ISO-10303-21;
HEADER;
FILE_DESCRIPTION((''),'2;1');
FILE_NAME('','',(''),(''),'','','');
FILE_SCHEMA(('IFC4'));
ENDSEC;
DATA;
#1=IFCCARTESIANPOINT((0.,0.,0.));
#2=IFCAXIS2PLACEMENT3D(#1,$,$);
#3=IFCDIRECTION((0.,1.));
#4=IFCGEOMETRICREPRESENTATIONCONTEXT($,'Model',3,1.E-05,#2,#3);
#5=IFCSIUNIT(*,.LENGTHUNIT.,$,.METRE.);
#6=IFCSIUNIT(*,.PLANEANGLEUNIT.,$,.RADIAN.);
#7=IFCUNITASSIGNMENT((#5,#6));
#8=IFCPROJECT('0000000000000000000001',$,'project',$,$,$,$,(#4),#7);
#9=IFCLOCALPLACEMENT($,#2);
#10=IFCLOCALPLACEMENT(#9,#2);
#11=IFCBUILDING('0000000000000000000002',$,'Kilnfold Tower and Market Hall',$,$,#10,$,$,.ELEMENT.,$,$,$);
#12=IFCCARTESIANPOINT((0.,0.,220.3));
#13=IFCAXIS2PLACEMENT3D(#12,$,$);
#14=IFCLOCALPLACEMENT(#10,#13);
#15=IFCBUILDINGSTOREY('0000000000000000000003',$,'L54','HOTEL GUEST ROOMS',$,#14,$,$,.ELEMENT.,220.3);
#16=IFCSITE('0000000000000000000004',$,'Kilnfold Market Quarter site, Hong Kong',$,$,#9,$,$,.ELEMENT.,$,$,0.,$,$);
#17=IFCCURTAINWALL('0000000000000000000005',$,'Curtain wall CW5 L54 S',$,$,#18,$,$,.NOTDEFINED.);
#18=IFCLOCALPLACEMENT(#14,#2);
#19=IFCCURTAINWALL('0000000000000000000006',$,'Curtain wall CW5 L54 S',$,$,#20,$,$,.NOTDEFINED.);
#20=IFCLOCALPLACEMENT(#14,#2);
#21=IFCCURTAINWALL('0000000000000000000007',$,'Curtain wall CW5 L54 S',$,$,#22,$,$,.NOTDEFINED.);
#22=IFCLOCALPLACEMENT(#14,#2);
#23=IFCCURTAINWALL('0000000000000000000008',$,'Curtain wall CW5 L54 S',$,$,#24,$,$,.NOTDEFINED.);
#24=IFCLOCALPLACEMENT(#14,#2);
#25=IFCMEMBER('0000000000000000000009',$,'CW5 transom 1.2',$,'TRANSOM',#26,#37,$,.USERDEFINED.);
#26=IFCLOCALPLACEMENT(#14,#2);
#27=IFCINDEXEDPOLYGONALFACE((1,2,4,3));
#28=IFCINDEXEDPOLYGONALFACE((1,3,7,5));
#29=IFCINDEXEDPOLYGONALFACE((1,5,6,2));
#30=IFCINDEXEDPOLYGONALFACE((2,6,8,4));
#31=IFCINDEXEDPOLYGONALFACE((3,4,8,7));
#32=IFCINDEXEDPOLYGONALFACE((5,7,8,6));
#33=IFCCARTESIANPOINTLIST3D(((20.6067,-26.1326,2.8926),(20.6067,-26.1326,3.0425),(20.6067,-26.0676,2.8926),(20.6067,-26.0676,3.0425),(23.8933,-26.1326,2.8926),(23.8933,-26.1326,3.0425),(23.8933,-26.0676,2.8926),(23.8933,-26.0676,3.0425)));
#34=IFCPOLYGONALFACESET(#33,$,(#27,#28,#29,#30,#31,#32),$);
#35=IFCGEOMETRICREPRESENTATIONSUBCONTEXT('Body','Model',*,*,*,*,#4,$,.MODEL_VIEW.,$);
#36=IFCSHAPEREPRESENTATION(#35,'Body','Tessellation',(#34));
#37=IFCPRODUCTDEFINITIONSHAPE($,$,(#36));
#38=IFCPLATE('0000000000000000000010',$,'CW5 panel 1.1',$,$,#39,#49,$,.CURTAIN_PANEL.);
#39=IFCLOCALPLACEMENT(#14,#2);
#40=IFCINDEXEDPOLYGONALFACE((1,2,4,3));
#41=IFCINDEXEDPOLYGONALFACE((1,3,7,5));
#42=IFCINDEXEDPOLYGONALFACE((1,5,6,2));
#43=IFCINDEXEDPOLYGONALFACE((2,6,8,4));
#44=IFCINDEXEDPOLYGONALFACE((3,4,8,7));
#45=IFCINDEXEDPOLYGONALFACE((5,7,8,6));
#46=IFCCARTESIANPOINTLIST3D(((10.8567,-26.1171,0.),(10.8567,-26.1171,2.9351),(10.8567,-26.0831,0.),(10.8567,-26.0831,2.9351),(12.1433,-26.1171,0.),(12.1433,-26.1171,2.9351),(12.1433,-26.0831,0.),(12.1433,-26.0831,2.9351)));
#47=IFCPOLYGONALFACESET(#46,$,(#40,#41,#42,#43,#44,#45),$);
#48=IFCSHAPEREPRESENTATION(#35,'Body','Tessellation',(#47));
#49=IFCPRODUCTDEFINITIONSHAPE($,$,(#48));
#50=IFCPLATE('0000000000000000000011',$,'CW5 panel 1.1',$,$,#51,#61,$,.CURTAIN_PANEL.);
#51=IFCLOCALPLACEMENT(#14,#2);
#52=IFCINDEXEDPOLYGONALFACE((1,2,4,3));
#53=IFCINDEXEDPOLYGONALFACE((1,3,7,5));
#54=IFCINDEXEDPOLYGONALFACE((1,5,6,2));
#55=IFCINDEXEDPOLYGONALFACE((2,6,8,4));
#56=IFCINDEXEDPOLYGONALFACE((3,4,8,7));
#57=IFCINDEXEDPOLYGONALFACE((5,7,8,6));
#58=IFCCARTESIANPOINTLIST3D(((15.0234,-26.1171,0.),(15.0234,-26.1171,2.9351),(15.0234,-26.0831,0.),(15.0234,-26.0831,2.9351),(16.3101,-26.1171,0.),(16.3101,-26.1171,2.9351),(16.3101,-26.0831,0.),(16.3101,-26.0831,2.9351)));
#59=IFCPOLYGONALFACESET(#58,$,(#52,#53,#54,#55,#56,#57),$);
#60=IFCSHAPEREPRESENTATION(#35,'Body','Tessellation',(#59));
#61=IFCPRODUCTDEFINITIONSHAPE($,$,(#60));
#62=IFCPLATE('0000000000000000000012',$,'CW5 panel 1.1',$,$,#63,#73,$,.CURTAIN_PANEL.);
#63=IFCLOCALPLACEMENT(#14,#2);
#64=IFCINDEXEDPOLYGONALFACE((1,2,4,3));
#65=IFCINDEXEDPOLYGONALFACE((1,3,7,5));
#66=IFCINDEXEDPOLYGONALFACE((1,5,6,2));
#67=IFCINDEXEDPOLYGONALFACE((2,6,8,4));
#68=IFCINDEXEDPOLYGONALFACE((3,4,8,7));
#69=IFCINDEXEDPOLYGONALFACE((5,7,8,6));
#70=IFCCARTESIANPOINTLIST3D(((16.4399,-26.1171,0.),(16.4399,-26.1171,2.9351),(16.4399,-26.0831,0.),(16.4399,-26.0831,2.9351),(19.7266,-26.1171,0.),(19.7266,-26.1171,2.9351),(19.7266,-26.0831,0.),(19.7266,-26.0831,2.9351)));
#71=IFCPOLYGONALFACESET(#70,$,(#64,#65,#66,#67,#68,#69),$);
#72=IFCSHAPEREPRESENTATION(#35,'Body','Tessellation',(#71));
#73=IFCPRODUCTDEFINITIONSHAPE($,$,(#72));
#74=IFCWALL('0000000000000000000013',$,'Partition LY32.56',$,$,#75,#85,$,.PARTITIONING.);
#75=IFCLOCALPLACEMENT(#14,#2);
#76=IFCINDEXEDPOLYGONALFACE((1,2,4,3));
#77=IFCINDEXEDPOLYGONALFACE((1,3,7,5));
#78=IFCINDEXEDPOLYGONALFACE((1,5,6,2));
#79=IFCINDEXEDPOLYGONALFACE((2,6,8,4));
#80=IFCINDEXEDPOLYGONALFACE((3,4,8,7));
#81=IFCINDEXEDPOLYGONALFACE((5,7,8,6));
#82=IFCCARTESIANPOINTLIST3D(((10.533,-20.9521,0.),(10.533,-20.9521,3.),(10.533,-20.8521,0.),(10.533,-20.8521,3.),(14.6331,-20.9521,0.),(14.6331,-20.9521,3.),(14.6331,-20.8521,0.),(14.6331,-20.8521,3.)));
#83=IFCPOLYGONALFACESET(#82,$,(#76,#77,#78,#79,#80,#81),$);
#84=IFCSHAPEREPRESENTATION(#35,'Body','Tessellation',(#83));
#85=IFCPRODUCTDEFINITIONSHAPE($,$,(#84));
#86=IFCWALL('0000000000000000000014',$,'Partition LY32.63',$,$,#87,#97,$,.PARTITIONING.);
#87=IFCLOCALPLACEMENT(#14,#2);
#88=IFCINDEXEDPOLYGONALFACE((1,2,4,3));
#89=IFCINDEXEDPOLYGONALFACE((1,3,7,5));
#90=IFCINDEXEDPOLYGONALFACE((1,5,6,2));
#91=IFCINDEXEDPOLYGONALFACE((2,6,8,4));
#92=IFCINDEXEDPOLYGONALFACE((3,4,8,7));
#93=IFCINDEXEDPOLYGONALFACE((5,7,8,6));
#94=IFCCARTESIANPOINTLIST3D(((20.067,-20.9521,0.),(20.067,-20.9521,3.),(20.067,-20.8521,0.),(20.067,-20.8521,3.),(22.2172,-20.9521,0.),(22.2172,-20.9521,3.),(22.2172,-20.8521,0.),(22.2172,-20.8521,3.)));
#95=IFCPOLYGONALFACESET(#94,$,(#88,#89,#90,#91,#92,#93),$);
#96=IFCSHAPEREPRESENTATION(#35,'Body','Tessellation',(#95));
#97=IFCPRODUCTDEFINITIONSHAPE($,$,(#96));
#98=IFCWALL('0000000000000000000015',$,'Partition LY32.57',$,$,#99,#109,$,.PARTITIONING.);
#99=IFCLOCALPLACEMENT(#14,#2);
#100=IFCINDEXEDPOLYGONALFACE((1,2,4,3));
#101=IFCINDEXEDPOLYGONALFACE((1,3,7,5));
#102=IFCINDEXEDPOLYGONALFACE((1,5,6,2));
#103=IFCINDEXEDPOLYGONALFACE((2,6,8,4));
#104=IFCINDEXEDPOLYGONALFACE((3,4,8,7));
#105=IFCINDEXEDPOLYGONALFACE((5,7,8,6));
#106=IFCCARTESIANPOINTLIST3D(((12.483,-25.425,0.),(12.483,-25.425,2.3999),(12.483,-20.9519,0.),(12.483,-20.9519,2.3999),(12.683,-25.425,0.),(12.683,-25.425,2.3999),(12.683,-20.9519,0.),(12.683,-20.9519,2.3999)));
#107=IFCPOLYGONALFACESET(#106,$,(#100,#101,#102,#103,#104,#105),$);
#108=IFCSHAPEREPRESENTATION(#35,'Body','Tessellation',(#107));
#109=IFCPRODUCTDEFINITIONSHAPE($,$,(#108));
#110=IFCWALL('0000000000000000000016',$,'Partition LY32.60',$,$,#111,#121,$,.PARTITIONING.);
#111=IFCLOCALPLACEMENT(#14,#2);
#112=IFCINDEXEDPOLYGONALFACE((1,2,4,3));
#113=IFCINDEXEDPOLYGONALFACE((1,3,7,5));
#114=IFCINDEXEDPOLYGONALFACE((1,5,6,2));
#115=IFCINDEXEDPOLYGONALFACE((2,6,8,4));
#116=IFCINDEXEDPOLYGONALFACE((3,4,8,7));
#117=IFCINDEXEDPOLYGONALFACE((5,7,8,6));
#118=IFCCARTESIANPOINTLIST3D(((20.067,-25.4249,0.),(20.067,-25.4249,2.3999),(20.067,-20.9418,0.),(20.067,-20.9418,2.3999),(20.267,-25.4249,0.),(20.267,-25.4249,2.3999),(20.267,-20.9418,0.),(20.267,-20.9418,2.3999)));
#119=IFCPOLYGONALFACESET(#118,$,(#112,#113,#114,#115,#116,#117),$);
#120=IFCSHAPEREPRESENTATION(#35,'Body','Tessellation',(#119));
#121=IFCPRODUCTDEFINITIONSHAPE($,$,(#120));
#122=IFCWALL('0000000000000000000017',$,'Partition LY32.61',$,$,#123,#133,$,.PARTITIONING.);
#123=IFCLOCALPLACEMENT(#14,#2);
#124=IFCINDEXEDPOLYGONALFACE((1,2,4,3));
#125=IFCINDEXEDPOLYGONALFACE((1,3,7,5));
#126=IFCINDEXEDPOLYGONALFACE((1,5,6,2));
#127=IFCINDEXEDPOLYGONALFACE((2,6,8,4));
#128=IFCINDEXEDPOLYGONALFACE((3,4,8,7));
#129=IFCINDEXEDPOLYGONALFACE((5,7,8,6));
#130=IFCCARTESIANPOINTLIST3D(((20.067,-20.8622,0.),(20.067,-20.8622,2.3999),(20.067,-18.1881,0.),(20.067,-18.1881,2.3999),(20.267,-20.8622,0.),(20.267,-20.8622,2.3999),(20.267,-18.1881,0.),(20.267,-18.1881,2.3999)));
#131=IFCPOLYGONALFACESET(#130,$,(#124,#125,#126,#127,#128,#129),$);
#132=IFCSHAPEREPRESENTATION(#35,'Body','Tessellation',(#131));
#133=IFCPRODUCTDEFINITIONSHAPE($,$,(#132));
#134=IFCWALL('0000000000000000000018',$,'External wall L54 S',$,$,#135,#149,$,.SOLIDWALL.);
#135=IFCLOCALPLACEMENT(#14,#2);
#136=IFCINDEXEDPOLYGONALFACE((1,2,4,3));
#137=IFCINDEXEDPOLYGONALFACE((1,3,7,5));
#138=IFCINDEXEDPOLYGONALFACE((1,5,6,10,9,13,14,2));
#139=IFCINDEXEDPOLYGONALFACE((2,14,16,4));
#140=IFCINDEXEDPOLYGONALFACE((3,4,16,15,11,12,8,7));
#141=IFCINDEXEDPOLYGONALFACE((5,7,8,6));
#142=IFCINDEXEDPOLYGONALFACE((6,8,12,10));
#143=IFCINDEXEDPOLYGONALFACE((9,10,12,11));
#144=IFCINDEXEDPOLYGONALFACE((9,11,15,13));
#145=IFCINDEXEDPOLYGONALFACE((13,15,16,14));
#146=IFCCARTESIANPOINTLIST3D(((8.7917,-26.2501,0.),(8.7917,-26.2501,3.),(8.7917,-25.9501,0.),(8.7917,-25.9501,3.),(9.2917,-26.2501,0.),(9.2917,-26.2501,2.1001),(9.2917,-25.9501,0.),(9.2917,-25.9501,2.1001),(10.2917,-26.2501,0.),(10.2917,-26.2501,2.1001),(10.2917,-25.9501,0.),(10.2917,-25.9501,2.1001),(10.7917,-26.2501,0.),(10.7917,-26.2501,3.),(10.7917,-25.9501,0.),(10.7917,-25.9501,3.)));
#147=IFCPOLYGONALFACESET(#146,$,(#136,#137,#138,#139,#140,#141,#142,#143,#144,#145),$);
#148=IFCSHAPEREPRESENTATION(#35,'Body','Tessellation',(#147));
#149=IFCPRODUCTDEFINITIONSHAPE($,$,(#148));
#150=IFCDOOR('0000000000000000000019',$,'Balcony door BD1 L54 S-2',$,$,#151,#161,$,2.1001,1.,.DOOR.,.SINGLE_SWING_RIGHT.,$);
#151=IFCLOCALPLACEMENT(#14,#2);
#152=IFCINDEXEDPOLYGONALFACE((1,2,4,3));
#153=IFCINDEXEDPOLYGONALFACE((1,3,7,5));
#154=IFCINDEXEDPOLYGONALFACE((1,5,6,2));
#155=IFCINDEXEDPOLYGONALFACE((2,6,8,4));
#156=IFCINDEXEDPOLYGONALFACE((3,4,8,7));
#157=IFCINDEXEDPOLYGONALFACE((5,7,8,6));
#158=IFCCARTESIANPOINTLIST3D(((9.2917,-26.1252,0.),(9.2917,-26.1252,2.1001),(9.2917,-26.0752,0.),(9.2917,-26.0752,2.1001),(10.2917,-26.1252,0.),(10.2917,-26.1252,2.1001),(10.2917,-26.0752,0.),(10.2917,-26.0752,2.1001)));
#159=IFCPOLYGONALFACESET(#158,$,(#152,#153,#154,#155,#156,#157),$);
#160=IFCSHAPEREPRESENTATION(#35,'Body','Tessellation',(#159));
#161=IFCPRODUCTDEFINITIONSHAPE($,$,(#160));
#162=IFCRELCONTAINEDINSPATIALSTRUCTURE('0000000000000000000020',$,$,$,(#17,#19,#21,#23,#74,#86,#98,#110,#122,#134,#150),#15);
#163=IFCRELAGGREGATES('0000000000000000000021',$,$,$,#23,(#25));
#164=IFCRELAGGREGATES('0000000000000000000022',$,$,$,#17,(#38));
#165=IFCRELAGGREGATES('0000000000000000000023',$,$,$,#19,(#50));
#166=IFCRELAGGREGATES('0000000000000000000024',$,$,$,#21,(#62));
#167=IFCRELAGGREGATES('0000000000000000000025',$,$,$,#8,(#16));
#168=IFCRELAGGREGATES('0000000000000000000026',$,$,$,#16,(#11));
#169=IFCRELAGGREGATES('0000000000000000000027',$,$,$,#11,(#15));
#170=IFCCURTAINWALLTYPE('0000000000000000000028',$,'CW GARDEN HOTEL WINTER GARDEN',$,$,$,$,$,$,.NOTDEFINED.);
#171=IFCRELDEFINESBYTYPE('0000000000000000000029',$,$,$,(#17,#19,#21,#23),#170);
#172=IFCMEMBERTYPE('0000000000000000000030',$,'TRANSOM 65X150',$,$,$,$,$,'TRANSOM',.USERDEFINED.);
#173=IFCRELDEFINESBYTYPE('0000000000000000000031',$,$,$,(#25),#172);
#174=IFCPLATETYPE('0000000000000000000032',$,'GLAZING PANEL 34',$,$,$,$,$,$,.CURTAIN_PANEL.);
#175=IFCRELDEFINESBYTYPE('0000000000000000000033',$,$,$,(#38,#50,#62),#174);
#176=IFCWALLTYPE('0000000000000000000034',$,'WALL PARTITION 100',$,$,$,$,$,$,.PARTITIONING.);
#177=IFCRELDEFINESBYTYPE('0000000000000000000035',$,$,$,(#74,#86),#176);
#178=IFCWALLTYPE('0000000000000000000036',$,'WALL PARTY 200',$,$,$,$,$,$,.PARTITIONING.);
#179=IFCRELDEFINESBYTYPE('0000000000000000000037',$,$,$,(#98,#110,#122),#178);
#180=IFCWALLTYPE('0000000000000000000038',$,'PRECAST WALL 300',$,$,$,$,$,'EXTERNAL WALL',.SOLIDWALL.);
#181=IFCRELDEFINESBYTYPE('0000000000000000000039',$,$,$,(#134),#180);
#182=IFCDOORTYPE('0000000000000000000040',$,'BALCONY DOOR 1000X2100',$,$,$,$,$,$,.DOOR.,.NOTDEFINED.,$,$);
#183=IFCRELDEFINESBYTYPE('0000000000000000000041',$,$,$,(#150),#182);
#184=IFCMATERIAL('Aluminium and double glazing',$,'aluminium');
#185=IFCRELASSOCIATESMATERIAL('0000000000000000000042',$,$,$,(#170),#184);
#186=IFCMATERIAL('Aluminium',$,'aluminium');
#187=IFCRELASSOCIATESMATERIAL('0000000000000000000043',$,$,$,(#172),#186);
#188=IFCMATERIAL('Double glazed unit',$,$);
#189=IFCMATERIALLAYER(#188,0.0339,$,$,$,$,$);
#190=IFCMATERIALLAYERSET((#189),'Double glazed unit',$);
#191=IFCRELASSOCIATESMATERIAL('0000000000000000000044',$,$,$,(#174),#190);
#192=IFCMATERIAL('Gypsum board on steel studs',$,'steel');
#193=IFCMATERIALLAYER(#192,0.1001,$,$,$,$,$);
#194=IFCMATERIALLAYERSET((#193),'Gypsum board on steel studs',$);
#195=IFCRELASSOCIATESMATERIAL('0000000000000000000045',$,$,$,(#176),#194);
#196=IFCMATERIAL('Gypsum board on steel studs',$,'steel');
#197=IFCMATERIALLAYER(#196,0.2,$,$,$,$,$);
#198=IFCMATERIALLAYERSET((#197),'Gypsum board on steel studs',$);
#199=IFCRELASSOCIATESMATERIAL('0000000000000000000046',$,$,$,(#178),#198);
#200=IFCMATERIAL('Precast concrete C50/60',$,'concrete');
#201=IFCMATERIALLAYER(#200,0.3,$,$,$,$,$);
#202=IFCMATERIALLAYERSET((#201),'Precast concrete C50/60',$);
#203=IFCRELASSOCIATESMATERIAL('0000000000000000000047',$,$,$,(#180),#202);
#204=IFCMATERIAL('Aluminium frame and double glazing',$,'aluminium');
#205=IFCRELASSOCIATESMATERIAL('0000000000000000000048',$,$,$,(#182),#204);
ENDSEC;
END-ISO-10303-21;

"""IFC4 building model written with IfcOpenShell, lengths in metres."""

from ifc_helpers import new_model, si_unit, direction, frame, frame_2d, origin, origin_2d, place, context, subcontext, project, spatial, rectangle, extrude, source, transform, mapped, material, layer, layer_set, material_profile, profile_set, type_object, element, fill, aggregate, save


model = new_model("IFC4")

# Units and contexts
model_context = context("Model", 3, precision=1e-05, world=origin(), true_north=direction((0.0, 1.0)))
body_context = subcontext(model_context, "Body", "Model", "MODEL_VIEW")
ifc_project = project(units=[si_unit("LENGTHUNIT", "METRE"), si_unit("PLANEANGLEUNIT", "RADIAN")], contexts=[model_context])

# Site, building, storey
site_placement = place(None, origin())
site = spatial("IfcSite", under=ifc_project, at=site_placement, Name="Kilnfold Market Quarter site, Hong Kong", CompositionType="ELEMENT", RefElevation=0.0)
building_placement = place(site_placement, origin())
building = spatial("IfcBuilding", under=site, at=building_placement, Name="Kilnfold Tower and Market Hall", CompositionType="ELEMENT")
storey_placement = place(building_placement, frame((0.0, 0.0, 220.3)))
storey = spatial("IfcBuildingStorey", under=building, at=storey_placement, Name="L54", Description="HOTEL GUEST ROOMS", CompositionType="ELEMENT", Elevation=220.3)

# Curtain walls
ifc_material_1 = material(Name="Aluminium and double glazing", Category="aluminium")
curtain_wall_type = type_object("IfcCurtainWallType", Name="CW GARDEN HOTEL WINTER GARDEN", PredefinedType="NOTDEFINED", material=ifc_material_1)
curtain_wall_1_placement = place(storey_placement, origin())
curtain_wall_1 = element("IfcCurtainWall", 1, at=curtain_wall_1_placement, inside=storey, type_object=curtain_wall_type, Name="Curtain wall CW5 L54 S", PredefinedType="NOTDEFINED")
curtain_wall_2_placement = place(storey_placement, origin())
curtain_wall_2 = element("IfcCurtainWall", 2, at=curtain_wall_2_placement, inside=storey, type_object=curtain_wall_type, Name="Curtain wall CW5 L54 S", PredefinedType="NOTDEFINED")
curtain_wall_3_placement = place(storey_placement, origin())
curtain_wall_3 = element("IfcCurtainWall", 3, at=curtain_wall_3_placement, inside=storey, type_object=curtain_wall_type, Name="Curtain wall CW5 L54 S", PredefinedType="NOTDEFINED")

# Curtain wall
curtain_wall_4_placement = place(storey_placement, origin())
curtain_wall_4 = element("IfcCurtainWall", 4, at=curtain_wall_4_placement, inside=storey, type_object=curtain_wall_type, Name="Curtain wall CW5 L54 S", PredefinedType="NOTDEFINED")

# Member
ifc_material_2 = material(Name="Aluminium", Category="aluminium")
ifc_material_profile_1 = material_profile(ifc_material_2, rectangle(XDim=0.0649, YDim=0.1499, at=origin_2d()), Name="TRANSOM 65x150")
ifc_profile_set_1 = profile_set([ifc_material_profile_1], Name="Aluminium")
member_type_1 = type_object("IfcMemberType", Name="TRANSOM 65X150", ElementType="TRANSOM", PredefinedType="USERDEFINED", material=ifc_profile_set_1)
shared_shape_1 = source(origin(), body_context, "Body", "SweptSolid", [
    extrude(rectangle(XDim=0.0649, YDim=0.1499, at=origin_2d()), origin(), (0.0, 0.0, 1.0), 3.2866),
])
member_1_placement = place(storey_placement, frame((20.6067, -26.1001, 2.9675), z_axis=(1.0, 0.0, 0.0), x_axis=(0.0, 1.0, 0.0)))
member_1 = element("IfcMember", 5, at=member_1_placement, type_object=member_type_1, Name="CW5 transom 1.2", ObjectType="TRANSOM", PredefinedType="USERDEFINED", context=body_context, shape_type="MappedRepresentation", body=[
    mapped(shared_shape_1, transform((0.0, 0.0, 0.0))),
])
aggregate(curtain_wall_4, [member_1])

# Plates
ifc_material_3 = material(Name="Double glazed unit")
ifc_layer_1 = layer(ifc_material_3, 0.0339)
ifc_layer_set_1 = layer_set([ifc_layer_1], Name="Double glazed unit")
plate_type = type_object("IfcPlateType", Name="GLAZING PANEL 34", PredefinedType="CURTAIN_PANEL", material=ifc_layer_set_1)
shared_shape_2 = source(origin(), body_context, "Body", "SweptSolid", [
    extrude(rectangle(XDim=1.2866, YDim=0.0339, at=origin_2d()), origin(), (0.0, 0.0, 1.0), 2.9351),
])
plate_1_placement = place(storey_placement, frame((11.5, -26.1001, 0.0), z_axis=(0.0, 0.0, 1.0), x_axis=(1.0, 0.0, 0.0)))
plate_1 = element("IfcPlate", 6, at=plate_1_placement, type_object=plate_type, Name="CW5 panel 1.1", PredefinedType="CURTAIN_PANEL", context=body_context, shape_type="MappedRepresentation", body=[
    mapped(shared_shape_2, transform((0.0, 0.0, 0.0))),
])
aggregate(curtain_wall_1, [plate_1])
plate_2_placement = place(storey_placement, frame((15.6667, -26.1001, 0.0), z_axis=(0.0, 0.0, 1.0), x_axis=(1.0, 0.0, 0.0)))
plate_2 = element("IfcPlate", 7, at=plate_2_placement, type_object=plate_type, Name="CW5 panel 1.1", PredefinedType="CURTAIN_PANEL", context=body_context, shape_type="MappedRepresentation", body=[
    mapped(shared_shape_2, transform((0.0, 0.0, 0.0))),
])
aggregate(curtain_wall_2, [plate_2])
shared_shape_3 = source(origin(), body_context, "Body", "SweptSolid", [
    extrude(rectangle(XDim=3.2866, YDim=0.0339, at=origin_2d()), origin(), (0.0, 0.0, 1.0), 2.9351),
])
plate_3_placement = place(storey_placement, frame((18.0833, -26.1001, 0.0), z_axis=(0.0, 0.0, 1.0), x_axis=(1.0, 0.0, 0.0)))
plate_3 = element("IfcPlate", 8, at=plate_3_placement, type_object=plate_type, Name="CW5 panel 1.1", PredefinedType="CURTAIN_PANEL", context=body_context, shape_type="MappedRepresentation", body=[
    mapped(shared_shape_3, transform((0.0, 0.0, 0.0))),
])
aggregate(curtain_wall_3, [plate_3])

# Walls
ifc_material_4 = material(Name="Gypsum board on steel studs", Category="steel")
ifc_layer_2 = layer(ifc_material_4, 0.1001)
ifc_layer_set_2 = layer_set([ifc_layer_2], Name="Gypsum board on steel studs")
wall_type_1 = type_object("IfcWallType", Name="WALL PARTITION 100", PredefinedType="PARTITIONING", material=ifc_layer_set_2)
wall_1_placement = place(storey_placement, frame((10.533, -20.9021, 0.0), z_axis=(0.0, 0.0, 1.0), x_axis=(1.0, 0.0, 0.0)))
element("IfcWall", 9, at=wall_1_placement, inside=storey, type_object=wall_type_1, Name="Partition LY32.56", PredefinedType="PARTITIONING", context=body_context, shape_type="SweptSolid", body=[
    extrude(rectangle(XDim=4.1001, YDim=0.1001, at=frame_2d((2.05, 0.0))), origin(), (0.0, 0.0, 1.0), 3.0),
])
wall_2_placement = place(storey_placement, frame((20.0669, -20.9021, 0.0), z_axis=(0.0, 0.0, 1.0), x_axis=(1.0, 0.0, 0.0)))
element("IfcWall", 10, at=wall_2_placement, inside=storey, type_object=wall_type_1, Name="Partition LY32.63", PredefinedType="PARTITIONING", context=body_context, shape_type="SweptSolid", body=[
    extrude(rectangle(XDim=2.1501, YDim=0.1001, at=frame_2d((1.0752, 0.0))), origin(), (0.0, 0.0, 1.0), 3.0),
])
ifc_material_5 = material(Name="Gypsum board on steel studs", Category="steel")
ifc_layer_3 = layer(ifc_material_5, 0.2)
ifc_layer_set_3 = layer_set([ifc_layer_3], Name="Gypsum board on steel studs")
wall_type_2 = type_object("IfcWallType", Name="WALL PARTY 200", PredefinedType="PARTITIONING", material=ifc_layer_set_3)
wall_3_placement = place(storey_placement, frame((12.583, -25.425, 0.0), z_axis=(0.0, 0.0, 1.0), x_axis=(0.0, 1.0, 0.0)))
element("IfcWall", 11, at=wall_3_placement, inside=storey, type_object=wall_type_2, Name="Partition LY32.57", PredefinedType="PARTITIONING", context=body_context, shape_type="SweptSolid", body=[
    extrude(rectangle(XDim=4.4731, YDim=0.2, at=frame_2d((2.2366, 0.0))), origin(), (0.0, 0.0, 1.0), 2.3999),
])
wall_4_placement = place(storey_placement, frame((20.167, -25.425, 0.0), z_axis=(0.0, 0.0, 1.0), x_axis=(0.0, 1.0, 0.0)))
element("IfcWall", 12, at=wall_4_placement, inside=storey, type_object=wall_type_2, Name="Partition LY32.60", PredefinedType="PARTITIONING", context=body_context, shape_type="SweptSolid", body=[
    extrude(rectangle(XDim=4.4832, YDim=0.2, at=frame_2d((2.2417, 0.0))), origin(), (0.0, 0.0, 1.0), 2.3999),
])
wall_5_placement = place(storey_placement, frame((20.167, -20.8621, 0.0), z_axis=(0.0, 0.0, 1.0), x_axis=(0.0, 1.0, 0.0)))
element("IfcWall", 13, at=wall_5_placement, inside=storey, type_object=wall_type_2, Name="Partition LY32.61", PredefinedType="PARTITIONING", context=body_context, shape_type="SweptSolid", body=[
    extrude(rectangle(XDim=2.6741, YDim=0.2, at=frame_2d((1.3369, 0.0))), origin(), (0.0, 0.0, 1.0), 2.3999),
])

# Wall, opening, door
ifc_material_6 = material(Name="Precast concrete C50/60", Category="concrete")
ifc_layer_4 = layer(ifc_material_6, 0.3)
ifc_layer_set_4 = layer_set([ifc_layer_4], Name="Precast concrete C50/60")
wall_type_3 = type_object("IfcWallType", Name="PRECAST WALL 300", ElementType="EXTERNAL WALL", PredefinedType="SOLIDWALL", material=ifc_layer_set_4)
shared_shape_4 = source(origin(), body_context, "Body", "SweptSolid", [
    extrude(rectangle(XDim=2.0, YDim=0.3, at=frame_2d((1.0, 0.0))), origin(), (0.0, 0.0, 1.0), 3.0),
])
wall_6_placement = place(storey_placement, frame((8.7917, -26.1001, 0.0), z_axis=(0.0, 0.0, 1.0), x_axis=(1.0, 0.0, 0.0)))
wall_6 = element("IfcWall", 14, at=wall_6_placement, inside=storey, type_object=wall_type_3, Name="External wall L54 S", PredefinedType="SOLIDWALL", context=body_context, shape_type="MappedRepresentation", body=[
    mapped(shared_shape_4, transform((0.0, 0.0, 0.0))),
])
opening_1_placement = place(wall_6_placement, frame((0.5, 0.0, 0.0)))
opening_1 = element("IfcOpeningElement", 15, at=opening_1_placement, cuts=wall_6, PredefinedType="OPENING", context=body_context, shape_type="SweptSolid", body=[
    extrude(rectangle(XDim=1.0, YDim=2.1001, at=frame_2d((0.5, 1.05))), frame((0.0, 0.1602, 0.0), z_axis=(0.0, -1.0, 0.0), x_axis=(1.0, 0.0, 0.0)), (0.0, 0.0, 1.0), 0.3201),
])
ifc_material_7 = material(Name="Aluminium frame and double glazing", Category="aluminium")
door_type = type_object("IfcDoorType", Name="BALCONY DOOR 1000X2100", OperationType="NOTDEFINED", PredefinedType="DOOR", material=ifc_material_7)
door_1_placement = place(opening_1_placement, origin())
door_1 = element("IfcDoor", 16, at=door_1_placement, inside=storey, type_object=door_type, Name="Balcony door BD1 L54 S-2", OperationType="SINGLE_SWING_RIGHT", OverallHeight=2.1001, OverallWidth=1.0, PredefinedType="DOOR", context=body_context, shape_type="SweptSolid", body=[
    extrude(rectangle(XDim=1.0, YDim=2.1001, at=frame_2d((0.5, 1.05))), frame((0.0, 0.0249, 0.0), z_axis=(0.0, -1.0, 0.0), x_axis=(1.0, 0.0, 0.0)), (0.0, 0.0, 1.0), 0.05),
])
fill(opening_1, door_1)

save(model, "model.ifc")
